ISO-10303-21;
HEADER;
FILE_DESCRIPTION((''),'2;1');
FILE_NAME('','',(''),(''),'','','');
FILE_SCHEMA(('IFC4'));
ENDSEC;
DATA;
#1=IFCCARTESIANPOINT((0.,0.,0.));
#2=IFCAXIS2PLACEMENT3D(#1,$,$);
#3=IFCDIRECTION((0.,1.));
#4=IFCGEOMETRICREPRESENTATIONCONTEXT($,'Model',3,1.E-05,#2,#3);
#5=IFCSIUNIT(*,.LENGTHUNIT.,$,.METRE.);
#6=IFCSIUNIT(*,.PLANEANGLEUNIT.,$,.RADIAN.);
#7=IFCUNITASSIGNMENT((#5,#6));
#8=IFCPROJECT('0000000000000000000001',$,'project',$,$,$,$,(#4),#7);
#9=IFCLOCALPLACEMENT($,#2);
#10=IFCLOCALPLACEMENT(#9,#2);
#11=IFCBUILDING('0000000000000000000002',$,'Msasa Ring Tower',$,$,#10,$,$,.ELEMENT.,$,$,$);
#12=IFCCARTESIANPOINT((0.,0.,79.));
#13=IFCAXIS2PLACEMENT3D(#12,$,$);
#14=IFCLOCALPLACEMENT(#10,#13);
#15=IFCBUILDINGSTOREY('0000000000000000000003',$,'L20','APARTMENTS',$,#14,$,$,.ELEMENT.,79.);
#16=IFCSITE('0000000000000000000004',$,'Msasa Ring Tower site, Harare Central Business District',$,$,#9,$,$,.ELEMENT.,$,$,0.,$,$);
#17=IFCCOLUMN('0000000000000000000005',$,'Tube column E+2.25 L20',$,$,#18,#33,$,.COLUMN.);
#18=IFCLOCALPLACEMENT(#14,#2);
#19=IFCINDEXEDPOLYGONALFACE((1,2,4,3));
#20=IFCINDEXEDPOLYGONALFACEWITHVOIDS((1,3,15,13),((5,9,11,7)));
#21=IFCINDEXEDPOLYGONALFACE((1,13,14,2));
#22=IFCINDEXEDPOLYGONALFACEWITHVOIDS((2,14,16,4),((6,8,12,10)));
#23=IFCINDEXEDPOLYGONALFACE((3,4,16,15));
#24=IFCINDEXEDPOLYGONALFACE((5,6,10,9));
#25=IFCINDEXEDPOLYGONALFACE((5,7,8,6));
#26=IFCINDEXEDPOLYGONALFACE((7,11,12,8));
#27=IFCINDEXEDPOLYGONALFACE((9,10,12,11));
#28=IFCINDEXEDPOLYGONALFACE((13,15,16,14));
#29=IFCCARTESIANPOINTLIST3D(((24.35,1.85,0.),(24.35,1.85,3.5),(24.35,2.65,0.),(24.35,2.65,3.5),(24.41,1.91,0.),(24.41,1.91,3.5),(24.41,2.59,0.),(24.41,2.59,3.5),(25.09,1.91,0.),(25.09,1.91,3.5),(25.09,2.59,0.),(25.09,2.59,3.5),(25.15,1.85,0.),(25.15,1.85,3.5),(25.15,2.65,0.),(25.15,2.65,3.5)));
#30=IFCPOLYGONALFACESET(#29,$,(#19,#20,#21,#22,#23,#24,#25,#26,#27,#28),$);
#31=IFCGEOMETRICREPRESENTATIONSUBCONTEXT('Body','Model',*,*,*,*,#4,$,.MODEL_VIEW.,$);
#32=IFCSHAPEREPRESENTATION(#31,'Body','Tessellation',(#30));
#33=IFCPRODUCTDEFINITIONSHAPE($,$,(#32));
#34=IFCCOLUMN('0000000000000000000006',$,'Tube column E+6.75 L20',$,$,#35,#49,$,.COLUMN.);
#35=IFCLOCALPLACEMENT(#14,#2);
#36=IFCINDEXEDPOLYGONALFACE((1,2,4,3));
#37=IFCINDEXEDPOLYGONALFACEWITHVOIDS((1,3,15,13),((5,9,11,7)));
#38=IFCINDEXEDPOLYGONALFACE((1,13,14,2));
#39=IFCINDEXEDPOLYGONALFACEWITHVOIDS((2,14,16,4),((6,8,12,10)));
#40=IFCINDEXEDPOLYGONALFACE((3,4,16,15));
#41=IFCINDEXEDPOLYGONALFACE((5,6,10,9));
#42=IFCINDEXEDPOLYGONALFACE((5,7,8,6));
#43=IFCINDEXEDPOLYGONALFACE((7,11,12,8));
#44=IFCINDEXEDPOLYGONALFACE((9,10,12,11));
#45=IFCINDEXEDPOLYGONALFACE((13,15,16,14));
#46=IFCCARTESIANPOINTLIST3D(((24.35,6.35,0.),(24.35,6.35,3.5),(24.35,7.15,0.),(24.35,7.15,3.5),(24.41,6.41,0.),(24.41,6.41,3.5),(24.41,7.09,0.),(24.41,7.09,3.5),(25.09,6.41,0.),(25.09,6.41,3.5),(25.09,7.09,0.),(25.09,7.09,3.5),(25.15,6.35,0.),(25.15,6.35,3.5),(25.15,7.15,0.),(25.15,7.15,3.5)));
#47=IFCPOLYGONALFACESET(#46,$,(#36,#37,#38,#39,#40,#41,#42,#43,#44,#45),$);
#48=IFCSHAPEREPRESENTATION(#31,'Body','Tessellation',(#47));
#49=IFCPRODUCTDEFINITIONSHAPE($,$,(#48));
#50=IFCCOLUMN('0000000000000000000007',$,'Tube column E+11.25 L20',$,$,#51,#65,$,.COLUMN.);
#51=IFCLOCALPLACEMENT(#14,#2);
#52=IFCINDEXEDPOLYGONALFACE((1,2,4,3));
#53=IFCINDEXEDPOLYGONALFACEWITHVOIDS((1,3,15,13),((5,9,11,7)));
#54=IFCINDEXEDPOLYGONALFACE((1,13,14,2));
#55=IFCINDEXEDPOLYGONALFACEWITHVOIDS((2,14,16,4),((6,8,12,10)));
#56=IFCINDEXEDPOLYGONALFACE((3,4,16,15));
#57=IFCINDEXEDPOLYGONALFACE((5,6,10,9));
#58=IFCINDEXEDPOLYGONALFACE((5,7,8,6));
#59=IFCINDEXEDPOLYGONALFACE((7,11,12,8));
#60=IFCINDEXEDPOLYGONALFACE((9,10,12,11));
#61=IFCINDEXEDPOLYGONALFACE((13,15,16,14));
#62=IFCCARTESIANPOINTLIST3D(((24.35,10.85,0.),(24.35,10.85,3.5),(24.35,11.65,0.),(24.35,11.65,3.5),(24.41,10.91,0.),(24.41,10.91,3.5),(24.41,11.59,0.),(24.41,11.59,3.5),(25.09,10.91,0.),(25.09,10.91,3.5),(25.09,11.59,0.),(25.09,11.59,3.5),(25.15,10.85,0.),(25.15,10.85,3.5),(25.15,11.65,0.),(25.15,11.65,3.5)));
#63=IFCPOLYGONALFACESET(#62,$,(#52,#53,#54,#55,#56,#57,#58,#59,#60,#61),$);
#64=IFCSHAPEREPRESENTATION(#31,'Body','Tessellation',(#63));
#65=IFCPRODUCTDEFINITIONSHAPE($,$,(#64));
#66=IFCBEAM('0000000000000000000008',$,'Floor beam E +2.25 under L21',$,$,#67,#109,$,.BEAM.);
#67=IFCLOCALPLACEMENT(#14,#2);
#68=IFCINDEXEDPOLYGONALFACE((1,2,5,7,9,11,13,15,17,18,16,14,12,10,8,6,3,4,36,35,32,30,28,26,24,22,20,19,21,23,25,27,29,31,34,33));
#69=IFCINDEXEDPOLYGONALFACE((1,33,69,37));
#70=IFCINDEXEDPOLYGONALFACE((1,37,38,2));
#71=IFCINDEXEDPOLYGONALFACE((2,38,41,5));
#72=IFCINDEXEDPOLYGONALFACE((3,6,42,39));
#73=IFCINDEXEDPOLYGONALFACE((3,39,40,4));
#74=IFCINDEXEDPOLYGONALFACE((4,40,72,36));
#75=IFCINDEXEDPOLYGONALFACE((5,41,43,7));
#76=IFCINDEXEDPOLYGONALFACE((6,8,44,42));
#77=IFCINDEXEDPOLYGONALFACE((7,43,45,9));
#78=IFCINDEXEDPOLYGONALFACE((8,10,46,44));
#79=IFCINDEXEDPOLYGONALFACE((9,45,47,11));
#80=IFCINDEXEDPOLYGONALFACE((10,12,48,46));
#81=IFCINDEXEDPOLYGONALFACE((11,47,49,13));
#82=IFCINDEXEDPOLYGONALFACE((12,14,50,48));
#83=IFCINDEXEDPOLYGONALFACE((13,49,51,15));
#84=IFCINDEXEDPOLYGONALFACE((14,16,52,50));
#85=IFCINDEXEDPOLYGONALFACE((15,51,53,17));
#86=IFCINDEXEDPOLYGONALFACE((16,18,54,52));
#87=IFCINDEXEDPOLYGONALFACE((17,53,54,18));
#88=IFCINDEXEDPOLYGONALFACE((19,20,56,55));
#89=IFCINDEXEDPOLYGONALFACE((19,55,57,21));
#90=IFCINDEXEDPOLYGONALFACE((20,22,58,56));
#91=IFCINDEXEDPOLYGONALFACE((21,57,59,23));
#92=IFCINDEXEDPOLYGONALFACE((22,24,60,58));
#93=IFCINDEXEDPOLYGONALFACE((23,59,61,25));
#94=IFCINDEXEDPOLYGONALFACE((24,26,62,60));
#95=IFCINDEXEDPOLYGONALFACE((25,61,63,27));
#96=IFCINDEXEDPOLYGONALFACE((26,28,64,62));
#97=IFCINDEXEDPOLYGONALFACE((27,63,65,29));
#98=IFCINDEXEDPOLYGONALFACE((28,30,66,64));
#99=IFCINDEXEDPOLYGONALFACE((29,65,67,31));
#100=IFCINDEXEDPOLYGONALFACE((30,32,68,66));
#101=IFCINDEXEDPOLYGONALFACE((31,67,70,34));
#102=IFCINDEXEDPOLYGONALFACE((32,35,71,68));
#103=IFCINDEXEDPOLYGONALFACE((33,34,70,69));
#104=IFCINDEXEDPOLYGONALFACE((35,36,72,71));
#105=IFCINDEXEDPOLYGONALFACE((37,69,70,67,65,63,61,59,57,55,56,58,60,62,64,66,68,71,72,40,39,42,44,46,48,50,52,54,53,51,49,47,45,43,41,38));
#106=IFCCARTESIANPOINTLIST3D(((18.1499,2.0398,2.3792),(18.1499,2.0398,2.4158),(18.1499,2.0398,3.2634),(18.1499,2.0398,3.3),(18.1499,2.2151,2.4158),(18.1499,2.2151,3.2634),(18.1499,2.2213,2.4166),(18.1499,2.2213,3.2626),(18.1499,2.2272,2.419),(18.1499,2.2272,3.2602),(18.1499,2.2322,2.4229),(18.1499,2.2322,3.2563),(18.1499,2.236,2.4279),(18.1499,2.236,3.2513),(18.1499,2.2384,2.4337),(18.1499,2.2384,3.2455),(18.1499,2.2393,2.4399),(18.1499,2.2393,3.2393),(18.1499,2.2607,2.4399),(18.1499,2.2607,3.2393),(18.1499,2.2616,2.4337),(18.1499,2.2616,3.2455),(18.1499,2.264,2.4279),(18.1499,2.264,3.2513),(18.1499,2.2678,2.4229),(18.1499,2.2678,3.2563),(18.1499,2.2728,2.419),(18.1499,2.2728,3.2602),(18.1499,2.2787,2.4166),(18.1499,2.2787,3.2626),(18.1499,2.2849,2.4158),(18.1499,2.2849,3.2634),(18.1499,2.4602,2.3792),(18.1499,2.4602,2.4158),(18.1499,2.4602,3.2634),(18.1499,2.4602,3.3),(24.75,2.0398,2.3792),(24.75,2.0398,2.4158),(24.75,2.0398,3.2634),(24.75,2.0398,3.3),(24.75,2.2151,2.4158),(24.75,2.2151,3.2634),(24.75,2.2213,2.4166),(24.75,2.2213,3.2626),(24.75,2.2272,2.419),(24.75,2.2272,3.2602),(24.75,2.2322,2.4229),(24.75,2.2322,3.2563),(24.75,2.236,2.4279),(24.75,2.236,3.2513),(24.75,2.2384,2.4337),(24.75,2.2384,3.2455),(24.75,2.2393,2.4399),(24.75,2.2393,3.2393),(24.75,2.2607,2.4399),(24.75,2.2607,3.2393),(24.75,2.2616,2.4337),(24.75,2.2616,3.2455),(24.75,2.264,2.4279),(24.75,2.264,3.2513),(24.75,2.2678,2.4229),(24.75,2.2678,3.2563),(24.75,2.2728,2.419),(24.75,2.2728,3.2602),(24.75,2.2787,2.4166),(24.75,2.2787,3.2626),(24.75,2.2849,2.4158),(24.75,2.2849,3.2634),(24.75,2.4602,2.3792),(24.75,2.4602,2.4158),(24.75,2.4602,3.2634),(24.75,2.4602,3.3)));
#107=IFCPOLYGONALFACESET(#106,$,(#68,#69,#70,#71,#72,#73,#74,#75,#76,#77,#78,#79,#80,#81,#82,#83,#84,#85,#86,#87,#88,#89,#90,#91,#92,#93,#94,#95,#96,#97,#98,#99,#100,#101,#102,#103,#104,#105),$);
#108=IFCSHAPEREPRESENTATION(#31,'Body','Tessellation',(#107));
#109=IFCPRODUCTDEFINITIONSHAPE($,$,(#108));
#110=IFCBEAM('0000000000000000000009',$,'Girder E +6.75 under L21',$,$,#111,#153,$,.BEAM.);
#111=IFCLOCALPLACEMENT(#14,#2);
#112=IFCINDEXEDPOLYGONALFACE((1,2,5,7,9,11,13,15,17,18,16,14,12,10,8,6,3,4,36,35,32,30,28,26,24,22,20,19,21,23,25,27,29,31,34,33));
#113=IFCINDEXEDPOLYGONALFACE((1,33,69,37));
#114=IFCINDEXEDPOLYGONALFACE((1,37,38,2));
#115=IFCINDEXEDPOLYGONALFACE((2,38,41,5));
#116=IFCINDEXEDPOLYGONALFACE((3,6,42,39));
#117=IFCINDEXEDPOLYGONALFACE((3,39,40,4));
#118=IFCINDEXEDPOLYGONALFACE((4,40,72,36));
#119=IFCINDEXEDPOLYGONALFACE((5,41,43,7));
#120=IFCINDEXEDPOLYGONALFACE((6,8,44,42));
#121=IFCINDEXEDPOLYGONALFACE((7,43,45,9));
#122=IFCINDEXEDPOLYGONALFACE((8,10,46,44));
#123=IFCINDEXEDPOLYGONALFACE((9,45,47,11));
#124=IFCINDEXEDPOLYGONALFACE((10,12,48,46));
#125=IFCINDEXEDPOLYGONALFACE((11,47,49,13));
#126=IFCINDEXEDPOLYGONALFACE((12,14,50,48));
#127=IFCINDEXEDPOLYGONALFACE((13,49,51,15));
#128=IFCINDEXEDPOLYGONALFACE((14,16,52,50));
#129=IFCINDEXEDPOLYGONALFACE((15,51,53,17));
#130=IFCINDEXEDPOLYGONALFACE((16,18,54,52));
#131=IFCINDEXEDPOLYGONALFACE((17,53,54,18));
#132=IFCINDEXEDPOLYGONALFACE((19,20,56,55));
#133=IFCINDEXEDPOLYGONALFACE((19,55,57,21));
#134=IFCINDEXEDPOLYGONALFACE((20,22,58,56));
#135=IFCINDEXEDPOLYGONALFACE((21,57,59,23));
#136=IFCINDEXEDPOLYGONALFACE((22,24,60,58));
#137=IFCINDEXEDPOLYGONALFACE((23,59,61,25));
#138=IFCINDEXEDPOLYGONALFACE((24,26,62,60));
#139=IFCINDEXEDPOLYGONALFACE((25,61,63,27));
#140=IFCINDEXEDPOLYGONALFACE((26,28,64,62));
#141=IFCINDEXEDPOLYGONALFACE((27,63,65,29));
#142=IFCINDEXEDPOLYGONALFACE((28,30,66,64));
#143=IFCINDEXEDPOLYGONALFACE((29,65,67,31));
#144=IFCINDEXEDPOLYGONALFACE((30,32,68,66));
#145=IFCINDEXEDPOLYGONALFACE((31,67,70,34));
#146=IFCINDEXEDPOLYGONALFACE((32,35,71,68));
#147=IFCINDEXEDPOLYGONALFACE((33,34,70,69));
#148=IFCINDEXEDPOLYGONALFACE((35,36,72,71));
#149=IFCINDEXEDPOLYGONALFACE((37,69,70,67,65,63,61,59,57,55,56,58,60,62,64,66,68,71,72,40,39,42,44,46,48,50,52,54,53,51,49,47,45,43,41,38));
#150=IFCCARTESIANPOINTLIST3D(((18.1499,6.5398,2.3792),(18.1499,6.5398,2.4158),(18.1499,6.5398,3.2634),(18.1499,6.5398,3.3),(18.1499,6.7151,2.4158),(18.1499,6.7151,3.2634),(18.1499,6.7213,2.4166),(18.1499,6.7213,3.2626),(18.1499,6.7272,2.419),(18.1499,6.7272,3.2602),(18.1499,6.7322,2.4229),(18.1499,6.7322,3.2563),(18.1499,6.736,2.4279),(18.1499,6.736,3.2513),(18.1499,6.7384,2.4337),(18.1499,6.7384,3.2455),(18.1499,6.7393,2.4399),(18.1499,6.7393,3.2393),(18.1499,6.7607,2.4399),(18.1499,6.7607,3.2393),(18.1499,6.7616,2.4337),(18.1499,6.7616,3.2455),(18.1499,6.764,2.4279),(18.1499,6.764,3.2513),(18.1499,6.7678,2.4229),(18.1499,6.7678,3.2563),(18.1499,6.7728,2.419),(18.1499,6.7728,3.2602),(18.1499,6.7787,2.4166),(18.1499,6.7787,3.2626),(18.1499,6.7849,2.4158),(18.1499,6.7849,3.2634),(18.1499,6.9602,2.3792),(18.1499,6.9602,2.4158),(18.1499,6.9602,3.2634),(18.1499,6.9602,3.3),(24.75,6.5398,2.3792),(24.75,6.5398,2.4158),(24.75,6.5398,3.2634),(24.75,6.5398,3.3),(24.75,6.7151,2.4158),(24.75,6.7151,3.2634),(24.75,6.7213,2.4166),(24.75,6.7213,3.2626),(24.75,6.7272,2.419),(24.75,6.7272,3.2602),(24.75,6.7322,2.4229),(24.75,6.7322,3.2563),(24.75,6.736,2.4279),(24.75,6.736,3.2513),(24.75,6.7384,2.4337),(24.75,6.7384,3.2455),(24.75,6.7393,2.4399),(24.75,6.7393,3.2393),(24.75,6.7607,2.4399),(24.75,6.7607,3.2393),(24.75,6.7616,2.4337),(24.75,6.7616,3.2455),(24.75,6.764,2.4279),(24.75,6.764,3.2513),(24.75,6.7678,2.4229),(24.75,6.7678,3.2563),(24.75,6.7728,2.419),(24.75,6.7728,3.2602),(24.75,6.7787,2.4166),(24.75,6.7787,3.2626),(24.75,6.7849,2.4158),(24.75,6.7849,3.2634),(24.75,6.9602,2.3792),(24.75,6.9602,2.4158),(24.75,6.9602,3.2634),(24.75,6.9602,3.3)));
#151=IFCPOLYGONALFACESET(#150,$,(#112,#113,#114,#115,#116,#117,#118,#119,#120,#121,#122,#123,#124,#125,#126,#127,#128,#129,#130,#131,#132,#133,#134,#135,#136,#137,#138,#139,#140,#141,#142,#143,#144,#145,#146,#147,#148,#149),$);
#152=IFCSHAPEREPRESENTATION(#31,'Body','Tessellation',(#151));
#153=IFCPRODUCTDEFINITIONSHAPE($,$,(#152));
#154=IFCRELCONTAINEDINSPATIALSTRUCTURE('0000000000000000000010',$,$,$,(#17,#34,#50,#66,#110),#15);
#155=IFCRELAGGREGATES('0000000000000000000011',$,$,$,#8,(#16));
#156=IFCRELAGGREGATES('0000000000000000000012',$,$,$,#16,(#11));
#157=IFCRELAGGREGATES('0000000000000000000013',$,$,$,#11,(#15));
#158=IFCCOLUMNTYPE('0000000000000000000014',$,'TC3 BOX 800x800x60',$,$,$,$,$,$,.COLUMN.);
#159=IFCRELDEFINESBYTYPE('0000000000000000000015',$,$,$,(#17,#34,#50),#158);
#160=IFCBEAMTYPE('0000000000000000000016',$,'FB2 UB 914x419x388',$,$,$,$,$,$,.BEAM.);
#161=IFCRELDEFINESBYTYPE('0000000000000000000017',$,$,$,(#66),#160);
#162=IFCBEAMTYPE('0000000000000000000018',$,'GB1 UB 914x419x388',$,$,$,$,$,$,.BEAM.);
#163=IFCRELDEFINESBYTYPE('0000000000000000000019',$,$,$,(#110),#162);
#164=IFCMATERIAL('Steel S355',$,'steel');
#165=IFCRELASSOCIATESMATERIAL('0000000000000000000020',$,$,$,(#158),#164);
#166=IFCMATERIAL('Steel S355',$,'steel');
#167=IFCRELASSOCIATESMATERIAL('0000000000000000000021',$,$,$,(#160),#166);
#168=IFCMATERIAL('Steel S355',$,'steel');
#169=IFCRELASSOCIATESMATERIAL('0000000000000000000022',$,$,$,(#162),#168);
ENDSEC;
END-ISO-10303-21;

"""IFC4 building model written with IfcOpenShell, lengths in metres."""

from ifc_helpers import new_model, si_unit, direction, frame, origin, origin_2d, place, context, subcontext, project, spatial, hollow_rectangle, i_section, extrude, material, material_profile, profile_set, type_object, element, save


model = new_model("IFC4")

# Units and contexts
model_context = context("Model", 3, precision=1e-05, world=origin(), true_north=direction((0.0, 1.0)))
body_context = subcontext(model_context, "Body", "Model", "MODEL_VIEW")
ifc_project = project(units=[si_unit("LENGTHUNIT", "METRE"), si_unit("PLANEANGLEUNIT", "RADIAN")], contexts=[model_context])

# Site, building, storey
site_placement = place(None, origin())
site = spatial("IfcSite", under=ifc_project, at=site_placement, Name="Msasa Ring Tower site, Harare Central Business District", CompositionType="ELEMENT", RefElevation=0.0)
building_placement = place(site_placement, origin())
building = spatial("IfcBuilding", under=site, at=building_placement, Name="Msasa Ring Tower", CompositionType="ELEMENT")
storey_placement = place(building_placement, frame((0.0, 0.0, 79.0)))
storey = spatial("IfcBuildingStorey", under=building, at=storey_placement, Name="L20", Description="APARTMENTS", CompositionType="ELEMENT", Elevation=79.0)

# Columns
ifc_material_1 = material(Name="Steel S355", Category="steel")
ifc_material_profile_1 = material_profile(ifc_material_1, hollow_rectangle(XDim=0.8, YDim=0.8, WallThickness=0.0601, at=origin_2d()), Name="BOX 800x800x60")
ifc_profile_set_1 = profile_set([ifc_material_profile_1], Name="Steel S355")
column_type = type_object("IfcColumnType", Name="TC3 BOX 800x800x60", PredefinedType="COLUMN", material=ifc_profile_set_1)
for number, where, z_axis, x_axis, name in (
    (1, (24.75, 2.25, 0.0), (0.0, 0.0, 1.0), (1.0, 0.0, 0.0), "Tube column E+2.25 L20"),
    (2, (24.75, 6.75, 0.0), (0.0, 0.0, 1.0), (1.0, 0.0, 0.0), "Tube column E+6.75 L20"),
    (3, (24.75, 11.25, 0.0), (0.0, 0.0, 1.0), (1.0, 0.0, 0.0), "Tube column E+11.25 L20"),
):
    element("IfcColumn", number, at=place(storey_placement, frame(where, z_axis=z_axis, x_axis=x_axis)), inside=storey, type_object=column_type, Name=name, PredefinedType="COLUMN", context=body_context, shape_type="SweptSolid", body=[
        extrude(hollow_rectangle(XDim=0.8, YDim=0.8, WallThickness=0.0601, at=origin_2d()), origin(), (0.0, 0.0, 1.0), 3.5),
    ])

# Beams
ifc_material_2 = material(Name="Steel S355", Category="steel")
ifc_material_profile_2 = material_profile(ifc_material_2, i_section(OverallWidth=0.4204, OverallDepth=0.9209, WebThickness=0.0215, FlangeThickness=0.0366, FilletRadius=0.0242, at=origin_2d()), Name="UB 914x419x388")
ifc_profile_set_2 = profile_set([ifc_material_profile_2], Name="Steel S355")
beam_type_1 = type_object("IfcBeamType", Name="FB2 UB 914x419x388", PredefinedType="BEAM", material=ifc_profile_set_2)
beam_1_placement = place(storey_placement, frame((24.75, 2.25, 2.8396), z_axis=(-1.0, 0.0, 0.0), x_axis=(0.0, -1.0, 0.0)))
element("IfcBeam", 4, at=beam_1_placement, inside=storey, type_object=beam_type_1, Name="Floor beam E +2.25 under L21", PredefinedType="BEAM", context=body_context, shape_type="SweptSolid", body=[
    extrude(i_section(OverallWidth=0.4204, OverallDepth=0.9209, WebThickness=0.0215, FlangeThickness=0.0366, FilletRadius=0.0242, at=origin_2d()), origin(), (0.0, 0.0, 1.0), 6.6001),
])
ifc_material_3 = material(Name="Steel S355", Category="steel")
ifc_material_profile_3 = material_profile(ifc_material_3, i_section(OverallWidth=0.4204, OverallDepth=0.9209, WebThickness=0.0215, FlangeThickness=0.0366, FilletRadius=0.0242, at=origin_2d()), Name="UB 914x419x388")
ifc_profile_set_3 = profile_set([ifc_material_profile_3], Name="Steel S355")
beam_type_2 = type_object("IfcBeamType", Name="GB1 UB 914x419x388", PredefinedType="BEAM", material=ifc_profile_set_3)
beam_2_placement = place(storey_placement, frame((18.1499, 6.75, 2.8396), z_axis=(1.0, 0.0, 0.0), x_axis=(0.0, 1.0, 0.0)))
element("IfcBeam", 5, at=beam_2_placement, inside=storey, type_object=beam_type_2, Name="Girder E +6.75 under L21", PredefinedType="BEAM", context=body_context, shape_type="SweptSolid", body=[
    extrude(i_section(OverallWidth=0.4204, OverallDepth=0.9209, WebThickness=0.0215, FlangeThickness=0.0366, FilletRadius=0.0242, at=origin_2d()), origin(), (0.0, 0.0, 1.0), 6.6001),
])

save(model, "model.ifc")
